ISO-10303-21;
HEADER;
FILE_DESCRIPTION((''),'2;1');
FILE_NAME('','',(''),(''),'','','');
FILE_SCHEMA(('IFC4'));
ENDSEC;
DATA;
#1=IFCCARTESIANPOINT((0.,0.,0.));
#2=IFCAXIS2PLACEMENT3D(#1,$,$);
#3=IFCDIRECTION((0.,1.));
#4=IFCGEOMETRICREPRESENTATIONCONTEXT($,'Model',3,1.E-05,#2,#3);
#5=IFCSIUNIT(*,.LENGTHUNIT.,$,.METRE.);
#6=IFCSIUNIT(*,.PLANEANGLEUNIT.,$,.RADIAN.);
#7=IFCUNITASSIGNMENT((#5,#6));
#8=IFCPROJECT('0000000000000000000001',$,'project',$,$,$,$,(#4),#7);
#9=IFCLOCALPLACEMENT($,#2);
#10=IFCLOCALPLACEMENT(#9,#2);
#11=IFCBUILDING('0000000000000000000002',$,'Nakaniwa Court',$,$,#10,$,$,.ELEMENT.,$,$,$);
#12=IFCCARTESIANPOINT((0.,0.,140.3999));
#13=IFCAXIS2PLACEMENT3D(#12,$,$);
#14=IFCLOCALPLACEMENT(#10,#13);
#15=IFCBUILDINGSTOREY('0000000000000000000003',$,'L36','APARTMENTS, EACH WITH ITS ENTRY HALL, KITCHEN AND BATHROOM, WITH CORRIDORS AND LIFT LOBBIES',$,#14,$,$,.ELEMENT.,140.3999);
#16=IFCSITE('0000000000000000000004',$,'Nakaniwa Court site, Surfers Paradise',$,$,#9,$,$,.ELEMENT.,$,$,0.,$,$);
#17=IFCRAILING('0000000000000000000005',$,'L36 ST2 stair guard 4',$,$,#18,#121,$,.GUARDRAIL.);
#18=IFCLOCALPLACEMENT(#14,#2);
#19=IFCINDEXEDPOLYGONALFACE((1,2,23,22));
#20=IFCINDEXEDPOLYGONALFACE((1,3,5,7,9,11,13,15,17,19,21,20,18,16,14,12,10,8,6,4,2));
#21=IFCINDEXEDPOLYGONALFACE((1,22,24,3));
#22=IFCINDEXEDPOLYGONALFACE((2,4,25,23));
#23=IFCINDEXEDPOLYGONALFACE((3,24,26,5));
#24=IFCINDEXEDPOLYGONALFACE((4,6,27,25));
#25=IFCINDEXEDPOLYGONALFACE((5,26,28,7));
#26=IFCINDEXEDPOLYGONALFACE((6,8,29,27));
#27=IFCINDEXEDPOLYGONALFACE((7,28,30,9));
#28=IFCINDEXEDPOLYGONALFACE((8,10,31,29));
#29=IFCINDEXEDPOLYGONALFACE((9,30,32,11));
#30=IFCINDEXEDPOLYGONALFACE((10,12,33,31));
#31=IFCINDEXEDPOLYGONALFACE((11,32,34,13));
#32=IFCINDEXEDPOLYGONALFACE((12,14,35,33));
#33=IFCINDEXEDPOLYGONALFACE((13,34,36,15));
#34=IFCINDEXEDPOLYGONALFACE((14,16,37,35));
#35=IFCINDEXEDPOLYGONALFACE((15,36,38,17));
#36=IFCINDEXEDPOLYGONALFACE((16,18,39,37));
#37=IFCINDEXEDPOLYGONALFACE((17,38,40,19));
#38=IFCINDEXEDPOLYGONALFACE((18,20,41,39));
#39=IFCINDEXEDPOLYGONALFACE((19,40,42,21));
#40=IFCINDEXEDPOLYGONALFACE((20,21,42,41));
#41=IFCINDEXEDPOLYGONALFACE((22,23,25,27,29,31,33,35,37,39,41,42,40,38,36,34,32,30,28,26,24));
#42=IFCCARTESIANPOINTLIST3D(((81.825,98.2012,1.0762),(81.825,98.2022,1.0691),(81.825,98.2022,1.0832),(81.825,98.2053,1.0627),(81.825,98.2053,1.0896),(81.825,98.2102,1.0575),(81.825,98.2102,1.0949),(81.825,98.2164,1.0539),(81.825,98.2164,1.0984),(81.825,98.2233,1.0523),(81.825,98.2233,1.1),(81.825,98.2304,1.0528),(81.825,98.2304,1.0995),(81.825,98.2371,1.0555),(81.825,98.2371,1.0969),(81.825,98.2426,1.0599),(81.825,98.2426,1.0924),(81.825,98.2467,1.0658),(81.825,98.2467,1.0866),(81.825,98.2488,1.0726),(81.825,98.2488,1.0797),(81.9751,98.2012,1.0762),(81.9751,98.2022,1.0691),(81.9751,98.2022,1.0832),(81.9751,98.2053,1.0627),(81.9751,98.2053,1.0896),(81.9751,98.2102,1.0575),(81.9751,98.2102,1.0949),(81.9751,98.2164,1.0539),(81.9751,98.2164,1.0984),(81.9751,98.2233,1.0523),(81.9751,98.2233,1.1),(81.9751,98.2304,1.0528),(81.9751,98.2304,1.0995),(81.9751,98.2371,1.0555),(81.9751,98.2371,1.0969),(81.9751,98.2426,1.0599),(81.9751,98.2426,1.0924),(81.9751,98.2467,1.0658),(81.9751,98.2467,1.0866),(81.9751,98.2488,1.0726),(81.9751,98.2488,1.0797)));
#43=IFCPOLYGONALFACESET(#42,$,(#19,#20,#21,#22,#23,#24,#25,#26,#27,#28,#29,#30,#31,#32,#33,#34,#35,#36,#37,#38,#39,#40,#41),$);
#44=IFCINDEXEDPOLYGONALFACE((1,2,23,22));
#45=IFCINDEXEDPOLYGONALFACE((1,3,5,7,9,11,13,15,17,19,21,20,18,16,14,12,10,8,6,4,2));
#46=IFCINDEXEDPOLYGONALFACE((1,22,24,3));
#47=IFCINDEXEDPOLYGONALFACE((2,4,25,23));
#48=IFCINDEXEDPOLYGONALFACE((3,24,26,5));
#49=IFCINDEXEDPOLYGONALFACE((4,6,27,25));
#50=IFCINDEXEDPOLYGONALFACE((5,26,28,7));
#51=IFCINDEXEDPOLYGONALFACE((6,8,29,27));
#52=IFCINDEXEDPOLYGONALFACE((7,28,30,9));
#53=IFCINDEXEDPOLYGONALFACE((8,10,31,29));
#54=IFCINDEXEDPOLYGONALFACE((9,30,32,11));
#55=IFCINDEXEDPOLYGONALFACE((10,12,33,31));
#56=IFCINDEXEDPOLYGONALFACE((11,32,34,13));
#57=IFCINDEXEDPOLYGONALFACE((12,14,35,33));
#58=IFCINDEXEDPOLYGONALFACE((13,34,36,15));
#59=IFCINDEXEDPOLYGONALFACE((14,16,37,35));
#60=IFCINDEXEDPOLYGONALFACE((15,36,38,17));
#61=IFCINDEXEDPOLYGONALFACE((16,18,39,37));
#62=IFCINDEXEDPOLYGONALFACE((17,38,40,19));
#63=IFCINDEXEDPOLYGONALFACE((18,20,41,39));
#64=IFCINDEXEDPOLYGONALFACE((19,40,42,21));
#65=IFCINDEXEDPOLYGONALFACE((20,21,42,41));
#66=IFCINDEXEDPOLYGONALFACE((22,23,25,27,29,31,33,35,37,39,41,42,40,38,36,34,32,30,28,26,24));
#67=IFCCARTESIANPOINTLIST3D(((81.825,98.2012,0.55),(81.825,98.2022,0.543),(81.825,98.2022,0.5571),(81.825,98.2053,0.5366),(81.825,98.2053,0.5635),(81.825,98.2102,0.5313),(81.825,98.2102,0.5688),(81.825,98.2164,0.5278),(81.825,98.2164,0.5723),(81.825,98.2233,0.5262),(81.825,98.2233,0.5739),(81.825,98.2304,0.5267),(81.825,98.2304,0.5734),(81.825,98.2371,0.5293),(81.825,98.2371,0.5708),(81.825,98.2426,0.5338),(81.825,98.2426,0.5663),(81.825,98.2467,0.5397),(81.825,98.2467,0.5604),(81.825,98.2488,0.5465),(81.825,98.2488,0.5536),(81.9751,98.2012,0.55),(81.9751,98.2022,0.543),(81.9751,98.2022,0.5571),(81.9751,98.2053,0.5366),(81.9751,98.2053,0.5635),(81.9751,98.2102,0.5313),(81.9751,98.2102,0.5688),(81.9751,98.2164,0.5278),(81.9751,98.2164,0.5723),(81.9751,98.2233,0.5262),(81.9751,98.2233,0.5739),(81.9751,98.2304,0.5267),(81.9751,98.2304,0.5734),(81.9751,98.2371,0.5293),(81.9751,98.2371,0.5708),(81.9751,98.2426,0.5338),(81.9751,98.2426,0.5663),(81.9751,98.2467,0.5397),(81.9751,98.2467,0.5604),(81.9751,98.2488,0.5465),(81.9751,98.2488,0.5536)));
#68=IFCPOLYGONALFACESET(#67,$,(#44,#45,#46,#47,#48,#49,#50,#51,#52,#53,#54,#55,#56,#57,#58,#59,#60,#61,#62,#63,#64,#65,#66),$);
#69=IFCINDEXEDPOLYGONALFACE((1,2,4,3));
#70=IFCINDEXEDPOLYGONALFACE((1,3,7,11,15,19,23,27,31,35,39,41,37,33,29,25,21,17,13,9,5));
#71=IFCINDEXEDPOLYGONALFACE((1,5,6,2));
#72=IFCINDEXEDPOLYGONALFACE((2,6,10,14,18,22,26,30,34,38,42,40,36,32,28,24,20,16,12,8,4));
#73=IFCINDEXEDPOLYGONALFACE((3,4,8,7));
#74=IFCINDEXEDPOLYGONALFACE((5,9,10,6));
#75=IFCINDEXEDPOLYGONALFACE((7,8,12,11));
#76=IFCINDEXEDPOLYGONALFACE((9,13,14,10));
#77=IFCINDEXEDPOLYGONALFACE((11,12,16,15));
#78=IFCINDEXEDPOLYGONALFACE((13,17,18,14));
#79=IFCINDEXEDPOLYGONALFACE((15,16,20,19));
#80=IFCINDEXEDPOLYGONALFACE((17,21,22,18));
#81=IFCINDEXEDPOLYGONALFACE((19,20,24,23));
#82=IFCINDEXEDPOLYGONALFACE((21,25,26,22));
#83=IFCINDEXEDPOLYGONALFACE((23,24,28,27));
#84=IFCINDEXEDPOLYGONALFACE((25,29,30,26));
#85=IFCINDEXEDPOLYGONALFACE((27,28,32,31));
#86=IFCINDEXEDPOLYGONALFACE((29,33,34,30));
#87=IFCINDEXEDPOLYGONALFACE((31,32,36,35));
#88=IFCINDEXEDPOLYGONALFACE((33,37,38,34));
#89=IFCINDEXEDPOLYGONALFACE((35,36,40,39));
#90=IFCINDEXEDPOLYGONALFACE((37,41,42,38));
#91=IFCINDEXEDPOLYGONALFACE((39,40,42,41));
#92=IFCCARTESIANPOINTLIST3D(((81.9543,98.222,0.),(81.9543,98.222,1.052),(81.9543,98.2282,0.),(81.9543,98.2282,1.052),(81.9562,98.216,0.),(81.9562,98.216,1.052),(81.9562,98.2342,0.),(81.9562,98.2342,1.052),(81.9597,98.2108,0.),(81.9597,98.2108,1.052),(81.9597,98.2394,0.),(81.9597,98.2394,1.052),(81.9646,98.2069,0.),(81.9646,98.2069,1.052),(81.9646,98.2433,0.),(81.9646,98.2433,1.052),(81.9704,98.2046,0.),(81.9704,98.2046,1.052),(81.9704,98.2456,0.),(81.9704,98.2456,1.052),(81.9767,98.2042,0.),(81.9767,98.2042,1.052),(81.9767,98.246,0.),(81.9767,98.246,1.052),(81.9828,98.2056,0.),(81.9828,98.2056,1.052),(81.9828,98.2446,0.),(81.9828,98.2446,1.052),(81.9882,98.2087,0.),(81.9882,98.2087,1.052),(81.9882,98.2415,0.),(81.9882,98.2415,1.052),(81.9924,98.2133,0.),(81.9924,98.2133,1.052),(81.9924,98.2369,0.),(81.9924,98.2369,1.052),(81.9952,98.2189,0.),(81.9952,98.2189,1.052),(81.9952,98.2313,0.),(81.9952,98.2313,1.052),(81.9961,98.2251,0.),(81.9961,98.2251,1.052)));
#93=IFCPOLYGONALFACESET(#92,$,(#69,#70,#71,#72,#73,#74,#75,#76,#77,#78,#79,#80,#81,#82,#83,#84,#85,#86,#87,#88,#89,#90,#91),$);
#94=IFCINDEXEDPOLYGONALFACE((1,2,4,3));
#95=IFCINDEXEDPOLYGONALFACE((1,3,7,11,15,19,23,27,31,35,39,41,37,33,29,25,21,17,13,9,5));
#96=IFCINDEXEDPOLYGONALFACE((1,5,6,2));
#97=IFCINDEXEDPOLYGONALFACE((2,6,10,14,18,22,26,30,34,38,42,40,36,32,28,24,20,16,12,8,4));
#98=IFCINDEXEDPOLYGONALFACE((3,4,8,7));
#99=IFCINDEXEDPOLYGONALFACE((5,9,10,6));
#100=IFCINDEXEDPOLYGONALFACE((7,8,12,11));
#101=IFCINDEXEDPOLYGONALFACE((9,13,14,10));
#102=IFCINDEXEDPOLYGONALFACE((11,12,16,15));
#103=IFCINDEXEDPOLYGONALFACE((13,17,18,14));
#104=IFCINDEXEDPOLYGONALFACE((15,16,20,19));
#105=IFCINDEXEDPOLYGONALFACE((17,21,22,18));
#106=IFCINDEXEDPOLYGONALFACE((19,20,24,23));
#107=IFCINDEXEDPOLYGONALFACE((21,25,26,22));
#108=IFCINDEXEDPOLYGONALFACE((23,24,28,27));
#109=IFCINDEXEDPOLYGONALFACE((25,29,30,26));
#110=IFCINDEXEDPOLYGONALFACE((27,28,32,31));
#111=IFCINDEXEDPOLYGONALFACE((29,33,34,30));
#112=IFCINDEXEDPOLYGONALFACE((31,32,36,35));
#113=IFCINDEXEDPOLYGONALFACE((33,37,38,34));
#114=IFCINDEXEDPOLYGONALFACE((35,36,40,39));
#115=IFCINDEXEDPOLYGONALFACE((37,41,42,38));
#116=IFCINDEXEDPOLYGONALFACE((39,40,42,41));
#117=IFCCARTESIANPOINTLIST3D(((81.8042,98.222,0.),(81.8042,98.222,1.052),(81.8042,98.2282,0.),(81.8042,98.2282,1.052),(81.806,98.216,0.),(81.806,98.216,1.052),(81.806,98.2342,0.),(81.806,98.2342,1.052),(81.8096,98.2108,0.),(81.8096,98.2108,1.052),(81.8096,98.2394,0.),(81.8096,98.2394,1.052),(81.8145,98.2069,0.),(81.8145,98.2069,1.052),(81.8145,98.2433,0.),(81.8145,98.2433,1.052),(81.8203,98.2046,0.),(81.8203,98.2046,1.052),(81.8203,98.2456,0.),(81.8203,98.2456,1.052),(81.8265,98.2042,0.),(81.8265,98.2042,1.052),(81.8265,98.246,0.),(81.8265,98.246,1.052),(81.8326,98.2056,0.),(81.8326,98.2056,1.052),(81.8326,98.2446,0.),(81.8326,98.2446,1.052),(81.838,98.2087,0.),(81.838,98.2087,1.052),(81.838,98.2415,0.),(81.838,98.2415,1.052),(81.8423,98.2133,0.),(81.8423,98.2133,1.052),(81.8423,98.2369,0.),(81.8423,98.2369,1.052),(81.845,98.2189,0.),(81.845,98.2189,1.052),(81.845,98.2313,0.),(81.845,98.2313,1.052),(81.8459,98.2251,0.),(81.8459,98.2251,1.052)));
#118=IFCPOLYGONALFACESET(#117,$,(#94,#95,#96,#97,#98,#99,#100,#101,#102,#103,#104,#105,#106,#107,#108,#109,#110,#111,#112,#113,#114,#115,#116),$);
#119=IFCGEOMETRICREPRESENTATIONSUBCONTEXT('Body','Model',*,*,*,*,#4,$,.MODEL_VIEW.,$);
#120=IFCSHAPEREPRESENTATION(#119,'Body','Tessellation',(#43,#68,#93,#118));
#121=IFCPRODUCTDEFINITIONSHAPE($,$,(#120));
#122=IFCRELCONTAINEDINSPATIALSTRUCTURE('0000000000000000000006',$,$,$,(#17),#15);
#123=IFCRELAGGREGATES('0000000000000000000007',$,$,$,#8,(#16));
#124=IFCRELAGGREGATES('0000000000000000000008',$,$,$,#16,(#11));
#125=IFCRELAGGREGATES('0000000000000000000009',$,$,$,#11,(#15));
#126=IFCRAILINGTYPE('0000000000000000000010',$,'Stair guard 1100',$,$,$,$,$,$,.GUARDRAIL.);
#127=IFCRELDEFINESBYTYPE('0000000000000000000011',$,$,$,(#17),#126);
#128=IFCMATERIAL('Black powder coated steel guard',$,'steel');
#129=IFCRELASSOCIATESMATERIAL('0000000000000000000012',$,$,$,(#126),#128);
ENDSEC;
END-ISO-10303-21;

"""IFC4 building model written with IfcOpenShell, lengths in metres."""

from ifc_helpers import new_model, si_unit, direction, frame, origin, origin_2d, place, context, subcontext, project, spatial, circle, extrude, material, type_object, element, save


model = new_model("IFC4")

# Units and contexts
model_context = context("Model", 3, precision=1e-05, world=origin(), true_north=direction((0.0, 1.0)))
body_context = subcontext(model_context, "Body", "Model", "MODEL_VIEW")
ifc_project = project(units=[si_unit("LENGTHUNIT", "METRE"), si_unit("PLANEANGLEUNIT", "RADIAN")], contexts=[model_context])

# Site, building, storey
site_placement = place(None, origin())
site = spatial("IfcSite", under=ifc_project, at=site_placement, Name="Nakaniwa Court site, Surfers Paradise", CompositionType="ELEMENT", RefElevation=0.0)
building_placement = place(site_placement, origin())
building = spatial("IfcBuilding", under=site, at=building_placement, Name="Nakaniwa Court", CompositionType="ELEMENT")
storey_placement = place(building_placement, frame((0.0, 0.0, 140.3999)))
storey = spatial("IfcBuildingStorey", under=building, at=storey_placement, Name="L36", Description="APARTMENTS, EACH WITH ITS ENTRY HALL, KITCHEN AND BATHROOM, WITH CORRIDORS AND LIFT LOBBIES", CompositionType="ELEMENT", Elevation=140.3999)

# Railing
ifc_material_1 = material(Name="Black powder coated steel guard", Category="steel")
railing_type_1 = type_object("IfcRailingType", Name="Stair guard 1100", PredefinedType="GUARDRAIL", material=ifc_material_1)
railing_1_placement = place(storey_placement, frame((81.9751, 98.2251, 0.0)))
element("IfcRailing", 1, at=railing_1_placement, inside=storey, type_object=railing_type_1, Name="L36 ST2 stair guard 4", PredefinedType="GUARDRAIL", context=body_context, shape_type="SweptSolid", body=[
    extrude(circle(Radius=0.0239, at=origin_2d()), frame((0.0, 0.0, 1.0762), z_axis=(-1.0, 0.0, 0.0), x_axis=(0.0, -1.0, 0.0)), (0.0, 0.0, 1.0), 0.1501),
    extrude(circle(Radius=0.0239, at=origin_2d()), frame((0.0, 0.0, 0.55), z_axis=(-1.0, 0.0, 0.0), x_axis=(0.0, -1.0, 0.0)), (0.0, 0.0, 1.0), 0.1501),
    extrude(circle(Radius=0.021, at=origin_2d()), origin(), (0.0, 0.0, 1.0), 1.052),
    extrude(circle(Radius=0.021, at=origin_2d()), frame((-0.1501, 0.0, 0.0)), (0.0, 0.0, 1.0), 1.052),
])

save(model, "model.ifc")
